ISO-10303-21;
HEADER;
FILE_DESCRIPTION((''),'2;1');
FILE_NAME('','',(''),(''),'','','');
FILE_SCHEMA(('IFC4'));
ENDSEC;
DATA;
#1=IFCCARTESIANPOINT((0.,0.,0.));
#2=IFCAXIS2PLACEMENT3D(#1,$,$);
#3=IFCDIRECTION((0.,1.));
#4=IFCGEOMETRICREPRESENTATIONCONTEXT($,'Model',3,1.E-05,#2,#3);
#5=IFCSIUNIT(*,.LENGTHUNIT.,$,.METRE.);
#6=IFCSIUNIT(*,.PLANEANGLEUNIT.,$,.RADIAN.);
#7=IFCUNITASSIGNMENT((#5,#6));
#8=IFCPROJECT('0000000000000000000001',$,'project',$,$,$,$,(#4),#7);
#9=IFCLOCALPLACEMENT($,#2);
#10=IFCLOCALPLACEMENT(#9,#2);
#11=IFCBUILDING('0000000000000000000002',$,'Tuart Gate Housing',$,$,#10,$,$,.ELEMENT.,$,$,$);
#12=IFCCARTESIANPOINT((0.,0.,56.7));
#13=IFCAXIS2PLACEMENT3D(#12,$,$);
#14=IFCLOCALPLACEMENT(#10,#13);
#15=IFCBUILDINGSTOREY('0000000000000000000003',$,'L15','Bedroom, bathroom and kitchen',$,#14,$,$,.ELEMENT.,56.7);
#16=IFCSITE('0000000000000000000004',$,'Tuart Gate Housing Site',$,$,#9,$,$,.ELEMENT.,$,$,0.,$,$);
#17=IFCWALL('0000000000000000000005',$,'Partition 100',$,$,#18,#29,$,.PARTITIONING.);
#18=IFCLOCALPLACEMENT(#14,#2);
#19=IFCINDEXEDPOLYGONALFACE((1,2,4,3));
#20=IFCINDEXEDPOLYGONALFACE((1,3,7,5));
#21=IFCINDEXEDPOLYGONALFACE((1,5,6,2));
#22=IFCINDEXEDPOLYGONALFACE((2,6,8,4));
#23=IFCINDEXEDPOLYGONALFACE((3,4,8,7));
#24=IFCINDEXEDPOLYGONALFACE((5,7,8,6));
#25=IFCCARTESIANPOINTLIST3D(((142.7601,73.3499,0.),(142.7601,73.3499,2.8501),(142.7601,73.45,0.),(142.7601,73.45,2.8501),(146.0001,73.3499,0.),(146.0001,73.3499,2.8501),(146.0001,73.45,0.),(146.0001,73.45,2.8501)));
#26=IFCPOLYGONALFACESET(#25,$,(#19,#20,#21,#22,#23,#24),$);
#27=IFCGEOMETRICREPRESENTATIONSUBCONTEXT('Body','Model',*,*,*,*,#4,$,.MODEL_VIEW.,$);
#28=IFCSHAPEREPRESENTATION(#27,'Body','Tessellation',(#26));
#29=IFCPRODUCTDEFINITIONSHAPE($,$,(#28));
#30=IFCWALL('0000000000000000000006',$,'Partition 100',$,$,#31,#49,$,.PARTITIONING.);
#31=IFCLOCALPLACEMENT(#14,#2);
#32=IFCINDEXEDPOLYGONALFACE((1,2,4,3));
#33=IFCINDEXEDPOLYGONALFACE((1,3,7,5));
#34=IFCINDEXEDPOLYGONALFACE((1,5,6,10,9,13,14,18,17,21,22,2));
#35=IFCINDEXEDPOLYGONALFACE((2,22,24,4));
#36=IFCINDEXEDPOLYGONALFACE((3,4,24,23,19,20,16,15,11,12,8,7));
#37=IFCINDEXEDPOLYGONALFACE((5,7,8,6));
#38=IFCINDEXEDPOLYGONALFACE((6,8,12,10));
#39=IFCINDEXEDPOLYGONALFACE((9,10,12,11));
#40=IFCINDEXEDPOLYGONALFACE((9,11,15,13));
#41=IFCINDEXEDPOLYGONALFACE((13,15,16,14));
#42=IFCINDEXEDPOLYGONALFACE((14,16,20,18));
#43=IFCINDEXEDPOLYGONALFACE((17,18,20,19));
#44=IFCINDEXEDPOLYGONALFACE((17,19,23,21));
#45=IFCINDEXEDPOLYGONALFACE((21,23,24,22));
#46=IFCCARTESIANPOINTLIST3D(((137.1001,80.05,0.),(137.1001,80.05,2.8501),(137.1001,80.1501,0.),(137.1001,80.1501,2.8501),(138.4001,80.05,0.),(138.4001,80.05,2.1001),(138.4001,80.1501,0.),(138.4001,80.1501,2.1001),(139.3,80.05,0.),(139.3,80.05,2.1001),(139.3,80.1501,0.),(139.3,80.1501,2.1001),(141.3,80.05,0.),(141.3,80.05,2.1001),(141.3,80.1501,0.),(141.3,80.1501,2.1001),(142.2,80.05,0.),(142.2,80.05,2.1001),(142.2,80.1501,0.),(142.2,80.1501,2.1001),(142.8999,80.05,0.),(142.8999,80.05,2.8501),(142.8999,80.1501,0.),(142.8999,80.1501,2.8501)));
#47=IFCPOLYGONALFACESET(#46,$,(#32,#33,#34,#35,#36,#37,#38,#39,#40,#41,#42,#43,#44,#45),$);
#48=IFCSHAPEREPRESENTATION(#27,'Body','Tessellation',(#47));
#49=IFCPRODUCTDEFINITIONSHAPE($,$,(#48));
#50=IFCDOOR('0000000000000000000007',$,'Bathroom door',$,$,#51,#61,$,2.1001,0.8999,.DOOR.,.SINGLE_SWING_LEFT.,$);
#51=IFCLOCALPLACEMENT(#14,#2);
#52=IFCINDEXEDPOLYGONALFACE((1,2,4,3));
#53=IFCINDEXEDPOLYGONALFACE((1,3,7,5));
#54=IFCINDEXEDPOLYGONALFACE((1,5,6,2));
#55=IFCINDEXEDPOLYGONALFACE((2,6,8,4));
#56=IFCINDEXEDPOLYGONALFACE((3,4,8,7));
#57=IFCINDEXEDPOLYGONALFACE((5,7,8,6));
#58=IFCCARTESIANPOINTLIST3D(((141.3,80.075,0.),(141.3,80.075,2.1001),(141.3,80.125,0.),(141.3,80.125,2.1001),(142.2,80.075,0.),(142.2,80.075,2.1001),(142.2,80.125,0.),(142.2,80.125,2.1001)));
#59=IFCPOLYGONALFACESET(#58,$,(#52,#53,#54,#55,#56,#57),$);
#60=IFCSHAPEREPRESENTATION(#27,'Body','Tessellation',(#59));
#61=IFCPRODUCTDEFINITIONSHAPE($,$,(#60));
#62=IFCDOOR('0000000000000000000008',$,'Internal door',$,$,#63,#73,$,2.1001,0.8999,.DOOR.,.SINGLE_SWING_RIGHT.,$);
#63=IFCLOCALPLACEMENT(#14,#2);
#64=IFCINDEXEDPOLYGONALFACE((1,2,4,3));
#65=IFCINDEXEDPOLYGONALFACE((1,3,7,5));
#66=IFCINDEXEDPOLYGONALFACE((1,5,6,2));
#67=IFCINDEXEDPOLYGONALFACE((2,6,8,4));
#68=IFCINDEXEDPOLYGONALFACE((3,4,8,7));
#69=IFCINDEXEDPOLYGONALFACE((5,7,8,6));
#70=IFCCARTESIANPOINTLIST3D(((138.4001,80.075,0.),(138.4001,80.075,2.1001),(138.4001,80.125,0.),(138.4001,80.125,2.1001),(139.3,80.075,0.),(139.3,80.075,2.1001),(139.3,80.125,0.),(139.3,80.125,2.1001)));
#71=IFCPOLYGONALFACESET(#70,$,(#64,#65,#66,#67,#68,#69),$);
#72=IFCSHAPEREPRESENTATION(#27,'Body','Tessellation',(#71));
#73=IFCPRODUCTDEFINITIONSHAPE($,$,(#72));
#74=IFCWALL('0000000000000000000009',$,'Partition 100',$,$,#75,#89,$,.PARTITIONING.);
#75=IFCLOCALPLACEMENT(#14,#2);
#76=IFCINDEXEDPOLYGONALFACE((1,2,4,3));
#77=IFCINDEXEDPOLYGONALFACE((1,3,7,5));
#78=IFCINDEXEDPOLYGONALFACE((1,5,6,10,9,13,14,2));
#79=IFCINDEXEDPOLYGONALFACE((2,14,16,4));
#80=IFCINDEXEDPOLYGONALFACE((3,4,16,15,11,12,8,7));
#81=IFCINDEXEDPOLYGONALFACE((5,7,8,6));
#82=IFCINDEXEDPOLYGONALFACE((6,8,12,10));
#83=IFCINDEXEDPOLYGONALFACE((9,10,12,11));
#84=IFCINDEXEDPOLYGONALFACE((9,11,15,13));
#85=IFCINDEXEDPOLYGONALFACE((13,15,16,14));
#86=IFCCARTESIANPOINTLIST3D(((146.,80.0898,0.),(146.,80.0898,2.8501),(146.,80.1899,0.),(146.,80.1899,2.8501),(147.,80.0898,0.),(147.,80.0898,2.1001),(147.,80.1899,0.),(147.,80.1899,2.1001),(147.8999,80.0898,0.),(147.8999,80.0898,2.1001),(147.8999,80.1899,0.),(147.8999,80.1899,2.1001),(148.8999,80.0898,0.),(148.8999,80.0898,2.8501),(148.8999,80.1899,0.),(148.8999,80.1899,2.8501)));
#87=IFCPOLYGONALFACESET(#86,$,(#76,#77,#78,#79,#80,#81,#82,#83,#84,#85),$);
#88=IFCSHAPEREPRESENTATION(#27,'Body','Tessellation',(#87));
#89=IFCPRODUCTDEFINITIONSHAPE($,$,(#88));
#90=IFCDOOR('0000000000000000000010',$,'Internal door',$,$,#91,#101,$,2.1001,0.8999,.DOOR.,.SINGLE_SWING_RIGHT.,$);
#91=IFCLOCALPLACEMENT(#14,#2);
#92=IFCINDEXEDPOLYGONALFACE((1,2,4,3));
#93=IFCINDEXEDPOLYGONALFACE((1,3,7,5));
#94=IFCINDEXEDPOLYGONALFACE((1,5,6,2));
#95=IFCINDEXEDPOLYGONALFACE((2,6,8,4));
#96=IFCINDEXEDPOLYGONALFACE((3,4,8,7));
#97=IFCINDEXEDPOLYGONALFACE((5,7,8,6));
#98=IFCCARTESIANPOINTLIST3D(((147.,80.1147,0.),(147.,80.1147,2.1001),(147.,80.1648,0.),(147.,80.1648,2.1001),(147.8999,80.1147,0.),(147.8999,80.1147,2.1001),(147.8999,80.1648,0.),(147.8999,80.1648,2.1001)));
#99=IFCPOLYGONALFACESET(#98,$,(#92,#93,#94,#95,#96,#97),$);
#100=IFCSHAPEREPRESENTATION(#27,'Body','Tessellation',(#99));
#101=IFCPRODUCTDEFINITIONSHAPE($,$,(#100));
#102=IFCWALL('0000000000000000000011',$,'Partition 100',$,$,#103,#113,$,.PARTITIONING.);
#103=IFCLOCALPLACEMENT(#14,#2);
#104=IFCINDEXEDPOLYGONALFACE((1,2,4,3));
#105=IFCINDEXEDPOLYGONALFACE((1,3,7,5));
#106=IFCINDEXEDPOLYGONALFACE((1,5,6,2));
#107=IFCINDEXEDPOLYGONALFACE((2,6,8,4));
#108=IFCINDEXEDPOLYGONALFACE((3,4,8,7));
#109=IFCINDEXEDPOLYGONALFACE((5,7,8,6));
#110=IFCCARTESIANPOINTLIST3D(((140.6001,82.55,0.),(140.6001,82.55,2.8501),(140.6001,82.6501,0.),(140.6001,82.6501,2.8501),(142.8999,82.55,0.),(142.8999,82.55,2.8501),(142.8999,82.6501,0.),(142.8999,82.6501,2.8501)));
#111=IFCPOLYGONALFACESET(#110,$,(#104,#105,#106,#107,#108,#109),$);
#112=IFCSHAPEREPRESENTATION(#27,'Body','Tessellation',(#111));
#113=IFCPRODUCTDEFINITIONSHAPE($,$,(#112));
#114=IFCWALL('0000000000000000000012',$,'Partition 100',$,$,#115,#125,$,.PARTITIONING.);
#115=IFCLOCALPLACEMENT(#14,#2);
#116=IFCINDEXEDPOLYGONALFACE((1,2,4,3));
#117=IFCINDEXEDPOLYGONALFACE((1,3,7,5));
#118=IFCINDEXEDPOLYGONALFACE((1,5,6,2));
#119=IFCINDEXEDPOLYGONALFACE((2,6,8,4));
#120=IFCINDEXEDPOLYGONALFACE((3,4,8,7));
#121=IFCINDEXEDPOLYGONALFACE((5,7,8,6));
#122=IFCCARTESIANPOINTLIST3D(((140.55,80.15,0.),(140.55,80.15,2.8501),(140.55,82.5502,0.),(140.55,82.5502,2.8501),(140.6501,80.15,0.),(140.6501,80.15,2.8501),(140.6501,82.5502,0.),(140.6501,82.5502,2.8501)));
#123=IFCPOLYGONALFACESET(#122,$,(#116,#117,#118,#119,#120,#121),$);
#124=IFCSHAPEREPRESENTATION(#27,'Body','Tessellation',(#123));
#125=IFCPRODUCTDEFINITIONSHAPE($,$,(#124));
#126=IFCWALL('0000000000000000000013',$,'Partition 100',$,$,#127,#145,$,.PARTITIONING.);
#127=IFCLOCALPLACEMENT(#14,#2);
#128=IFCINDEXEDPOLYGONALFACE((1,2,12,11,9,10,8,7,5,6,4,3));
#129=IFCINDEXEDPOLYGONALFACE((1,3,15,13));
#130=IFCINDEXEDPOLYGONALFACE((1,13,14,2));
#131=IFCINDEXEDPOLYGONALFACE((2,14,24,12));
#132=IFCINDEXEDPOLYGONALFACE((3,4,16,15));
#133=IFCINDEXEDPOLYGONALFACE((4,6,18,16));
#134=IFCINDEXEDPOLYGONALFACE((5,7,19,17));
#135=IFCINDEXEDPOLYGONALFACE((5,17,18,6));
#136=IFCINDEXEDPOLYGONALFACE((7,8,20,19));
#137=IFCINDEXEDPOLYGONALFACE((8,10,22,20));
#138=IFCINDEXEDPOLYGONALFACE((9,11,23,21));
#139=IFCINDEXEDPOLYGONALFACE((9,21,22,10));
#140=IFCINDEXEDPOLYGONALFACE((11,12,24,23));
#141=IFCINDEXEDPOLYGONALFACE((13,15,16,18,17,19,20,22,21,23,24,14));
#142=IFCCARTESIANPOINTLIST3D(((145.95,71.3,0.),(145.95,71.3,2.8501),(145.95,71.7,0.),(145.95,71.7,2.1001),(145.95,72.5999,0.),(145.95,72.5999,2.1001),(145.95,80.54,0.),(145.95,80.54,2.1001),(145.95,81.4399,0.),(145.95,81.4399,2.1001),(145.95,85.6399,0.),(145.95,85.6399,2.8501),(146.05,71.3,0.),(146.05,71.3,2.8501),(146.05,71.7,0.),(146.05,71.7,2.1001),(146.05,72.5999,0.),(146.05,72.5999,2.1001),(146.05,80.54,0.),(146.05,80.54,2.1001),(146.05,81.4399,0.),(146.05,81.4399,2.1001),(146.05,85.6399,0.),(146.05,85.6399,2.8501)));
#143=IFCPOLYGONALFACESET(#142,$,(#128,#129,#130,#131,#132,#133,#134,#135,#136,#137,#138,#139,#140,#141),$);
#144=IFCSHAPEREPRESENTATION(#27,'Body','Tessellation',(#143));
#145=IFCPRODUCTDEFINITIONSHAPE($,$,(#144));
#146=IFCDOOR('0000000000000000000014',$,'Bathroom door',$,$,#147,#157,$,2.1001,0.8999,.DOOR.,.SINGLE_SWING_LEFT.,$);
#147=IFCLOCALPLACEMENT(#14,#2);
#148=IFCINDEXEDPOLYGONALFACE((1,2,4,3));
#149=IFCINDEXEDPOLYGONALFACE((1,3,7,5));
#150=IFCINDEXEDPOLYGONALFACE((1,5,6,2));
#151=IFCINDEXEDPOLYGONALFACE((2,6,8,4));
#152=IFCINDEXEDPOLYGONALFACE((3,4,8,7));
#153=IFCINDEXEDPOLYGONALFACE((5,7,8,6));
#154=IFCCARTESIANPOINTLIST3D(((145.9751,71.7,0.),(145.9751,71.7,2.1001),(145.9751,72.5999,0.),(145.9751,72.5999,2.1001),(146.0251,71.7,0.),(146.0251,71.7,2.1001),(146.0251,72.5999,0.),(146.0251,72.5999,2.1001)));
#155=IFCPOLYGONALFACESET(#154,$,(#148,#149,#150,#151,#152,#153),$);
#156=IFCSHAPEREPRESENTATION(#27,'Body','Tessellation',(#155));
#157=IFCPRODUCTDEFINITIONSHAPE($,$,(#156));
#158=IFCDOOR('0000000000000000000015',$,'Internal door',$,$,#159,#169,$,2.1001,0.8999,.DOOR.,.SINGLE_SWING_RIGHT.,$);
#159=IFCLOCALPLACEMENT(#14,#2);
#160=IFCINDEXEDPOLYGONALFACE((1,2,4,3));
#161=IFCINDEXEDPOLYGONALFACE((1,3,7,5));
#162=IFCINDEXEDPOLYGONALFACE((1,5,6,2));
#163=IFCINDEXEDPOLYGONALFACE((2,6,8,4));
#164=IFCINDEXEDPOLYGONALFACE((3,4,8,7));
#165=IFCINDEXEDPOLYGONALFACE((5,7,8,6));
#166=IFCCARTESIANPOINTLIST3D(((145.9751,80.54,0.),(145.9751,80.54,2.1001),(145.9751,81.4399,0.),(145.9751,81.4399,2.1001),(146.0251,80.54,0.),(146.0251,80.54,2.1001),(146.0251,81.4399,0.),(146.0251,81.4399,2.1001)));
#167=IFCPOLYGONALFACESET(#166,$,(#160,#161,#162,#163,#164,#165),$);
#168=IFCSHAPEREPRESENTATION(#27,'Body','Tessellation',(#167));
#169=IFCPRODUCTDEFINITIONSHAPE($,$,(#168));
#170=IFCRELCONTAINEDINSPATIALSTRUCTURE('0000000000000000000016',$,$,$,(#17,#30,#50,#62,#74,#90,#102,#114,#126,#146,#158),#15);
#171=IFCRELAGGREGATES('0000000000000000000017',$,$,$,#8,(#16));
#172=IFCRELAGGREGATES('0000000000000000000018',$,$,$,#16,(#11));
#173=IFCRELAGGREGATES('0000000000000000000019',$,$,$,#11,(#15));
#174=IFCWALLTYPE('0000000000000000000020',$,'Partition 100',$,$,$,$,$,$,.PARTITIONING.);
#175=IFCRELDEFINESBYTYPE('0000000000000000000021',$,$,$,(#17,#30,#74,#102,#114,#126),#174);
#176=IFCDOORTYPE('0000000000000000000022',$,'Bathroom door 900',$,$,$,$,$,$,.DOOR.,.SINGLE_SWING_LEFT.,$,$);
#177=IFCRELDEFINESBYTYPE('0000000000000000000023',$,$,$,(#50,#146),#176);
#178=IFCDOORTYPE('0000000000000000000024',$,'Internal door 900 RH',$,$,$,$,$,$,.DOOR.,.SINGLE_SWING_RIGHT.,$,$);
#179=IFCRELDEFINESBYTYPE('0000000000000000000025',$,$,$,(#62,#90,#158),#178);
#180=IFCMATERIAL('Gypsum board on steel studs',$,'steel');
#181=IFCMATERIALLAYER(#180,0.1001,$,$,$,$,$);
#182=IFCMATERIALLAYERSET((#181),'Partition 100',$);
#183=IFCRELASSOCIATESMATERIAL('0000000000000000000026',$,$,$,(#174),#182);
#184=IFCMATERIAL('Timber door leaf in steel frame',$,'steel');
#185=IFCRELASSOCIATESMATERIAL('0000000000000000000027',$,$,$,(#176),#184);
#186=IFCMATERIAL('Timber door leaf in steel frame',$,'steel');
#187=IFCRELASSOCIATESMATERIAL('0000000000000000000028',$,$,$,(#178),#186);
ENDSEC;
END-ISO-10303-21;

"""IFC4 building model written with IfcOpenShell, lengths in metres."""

from ifc_helpers import new_model, si_unit, direction, frame, frame_2d, origin, place, context, subcontext, project, spatial, rectangle, extrude, material, layer, layer_set, type_object, element, fill, save


model = new_model("IFC4")

# Units and contexts
model_context = context("Model", 3, precision=1e-05, world=origin(), true_north=direction((0.0, 1.0)))
body_context = subcontext(model_context, "Body", "Model", "MODEL_VIEW")
ifc_project = project(units=[si_unit("LENGTHUNIT", "METRE"), si_unit("PLANEANGLEUNIT", "RADIAN")], contexts=[model_context])

# Site, building, storey
site_placement = place(None, origin())
site = spatial("IfcSite", under=ifc_project, at=site_placement, Name="Tuart Gate Housing Site", CompositionType="ELEMENT", RefElevation=0.0)
building_placement = place(site_placement, origin())
building = spatial("IfcBuilding", under=site, at=building_placement, Name="Tuart Gate Housing", CompositionType="ELEMENT")
storey_placement = place(building_placement, frame((0.0, 0.0, 56.7)))
storey = spatial("IfcBuildingStorey", under=building, at=storey_placement, Name="L15", Description="Bedroom, bathroom and kitchen", CompositionType="ELEMENT", Elevation=56.7)

# Wall
ifc_material_1 = material(Name="Gypsum board on steel studs", Category="steel")
ifc_layer_1 = layer(ifc_material_1, 0.1001)
ifc_layer_set_1 = layer_set([ifc_layer_1], Name="Partition 100")
wall_type_1 = type_object("IfcWallType", Name="Partition 100", PredefinedType="PARTITIONING", material=ifc_layer_set_1)
wall_1_placement = place(storey_placement, frame((142.76, 73.3999, 0.0), z_axis=(0.0, 0.0, 1.0), x_axis=(1.0, 0.0, 0.0)))
element("IfcWall", 1, at=wall_1_placement, inside=storey, type_object=wall_type_1, Name="Partition 100", PredefinedType="PARTITIONING", context=body_context, shape_type="SweptSolid", body=[
    extrude(rectangle(XDim=3.24, YDim=0.1001, at=frame_2d((1.6201, 0.0))), origin(), (0.0, 0.0, 1.0), 2.8501),
])

# Wall, openings, doors
wall_2_placement = place(storey_placement, frame((137.1001, 80.1001, 0.0), z_axis=(0.0, 0.0, 1.0), x_axis=(1.0, 0.0, 0.0)))
wall_2 = element("IfcWall", 2, at=wall_2_placement, inside=storey, type_object=wall_type_1, Name="Partition 100", PredefinedType="PARTITIONING", context=body_context, shape_type="SweptSolid", body=[
    extrude(rectangle(XDim=5.7998, YDim=0.1001, at=frame_2d((2.8999, 0.0))), origin(), (0.0, 0.0, 1.0), 2.8501),
])
opening_1_placement = place(wall_2_placement, frame((1.3, 0.0, 0.0)))
opening_1 = element("IfcOpeningElement", 3, at=opening_1_placement, cuts=wall_2, PredefinedType="OPENING", context=body_context, shape_type="SweptSolid", body=[
    extrude(rectangle(XDim=0.8999, YDim=2.1001, at=frame_2d((0.45, 1.05))), frame((0.0, 0.0601, 0.0), z_axis=(0.0, -1.0, 0.0), x_axis=(1.0, 0.0, 0.0)), (0.0, 0.0, 1.0), 0.1201),
])
opening_2_placement = place(wall_2_placement, frame((4.2, 0.0, 0.0)))
opening_2 = element("IfcOpeningElement", 4, at=opening_2_placement, cuts=wall_2, PredefinedType="OPENING", context=body_context, shape_type="SweptSolid", body=[
    extrude(rectangle(XDim=0.8999, YDim=2.1001, at=frame_2d((0.45, 1.05))), frame((0.0, 0.0601, 0.0), z_axis=(0.0, -1.0, 0.0), x_axis=(1.0, 0.0, 0.0)), (0.0, 0.0, 1.0), 0.1201),
])
ifc_material_2 = material(Name="Timber door leaf in steel frame", Category="steel")
door_type_1 = type_object("IfcDoorType", Name="Bathroom door 900", OperationType="SINGLE_SWING_LEFT", PredefinedType="DOOR", material=ifc_material_2)
door_1_placement = place(opening_2_placement, origin())
door_1 = element("IfcDoor", 5, at=door_1_placement, inside=storey, type_object=door_type_1, Name="Bathroom door", OperationType="SINGLE_SWING_LEFT", OverallHeight=2.1001, OverallWidth=0.8999, PredefinedType="DOOR", context=body_context, shape_type="SweptSolid", body=[
    extrude(rectangle(XDim=0.8999, YDim=2.1001, at=frame_2d((0.45, 1.05))), frame((0.0, 0.0249, 0.0), z_axis=(0.0, -1.0, 0.0), x_axis=(1.0, 0.0, 0.0)), (0.0, 0.0, 1.0), 0.05),
])
fill(opening_2, door_1)
ifc_material_3 = material(Name="Timber door leaf in steel frame", Category="steel")
door_type_2 = type_object("IfcDoorType", Name="Internal door 900 RH", OperationType="SINGLE_SWING_RIGHT", PredefinedType="DOOR", material=ifc_material_3)
door_2_placement = place(opening_1_placement, origin())
door_2 = element("IfcDoor", 6, at=door_2_placement, inside=storey, type_object=door_type_2, Name="Internal door", OperationType="SINGLE_SWING_RIGHT", OverallHeight=2.1001, OverallWidth=0.8999, PredefinedType="DOOR", context=body_context, shape_type="SweptSolid", body=[
    extrude(rectangle(XDim=0.8999, YDim=2.1001, at=frame_2d((0.45, 1.05))), frame((0.0, 0.0249, 0.0), z_axis=(0.0, -1.0, 0.0), x_axis=(1.0, 0.0, 0.0)), (0.0, 0.0, 1.0), 0.05),
])
fill(opening_1, door_2)

# Wall, opening, door
wall_3_placement = place(storey_placement, frame((146.0, 80.1399, 0.0), z_axis=(0.0, 0.0, 1.0), x_axis=(1.0, 0.0, 0.0)))
wall_3 = element("IfcWall", 7, at=wall_3_placement, inside=storey, type_object=wall_type_1, Name="Partition 100", PredefinedType="PARTITIONING", context=body_context, shape_type="SweptSolid", body=[
    extrude(rectangle(XDim=2.8999, YDim=0.1001, at=frame_2d((1.45, 0.0))), origin(), (0.0, 0.0, 1.0), 2.8501),
])
opening_3_placement = place(wall_3_placement, frame((1.0, 0.0, 0.0)))
opening_3 = element("IfcOpeningElement", 8, at=opening_3_placement, cuts=wall_3, PredefinedType="OPENING", context=body_context, shape_type="SweptSolid", body=[
    extrude(rectangle(XDim=0.8999, YDim=2.1001, at=frame_2d((0.45, 1.05))), frame((0.0, 0.0601, 0.0), z_axis=(0.0, -1.0, 0.0), x_axis=(1.0, 0.0, 0.0)), (0.0, 0.0, 1.0), 0.1201),
])
door_3_placement = place(opening_3_placement, frame((0.8999, 0.0, 0.0), z_axis=(0.0, 0.0, 1.0), x_axis=(-1.0, 0.0, 0.0)))
door_3 = element("IfcDoor", 9, at=door_3_placement, inside=storey, type_object=door_type_2, Name="Internal door", OperationType="SINGLE_SWING_RIGHT", OverallHeight=2.1001, OverallWidth=0.8999, PredefinedType="DOOR", context=body_context, shape_type="SweptSolid", body=[
    extrude(rectangle(XDim=0.8999, YDim=2.1001, at=frame_2d((0.45, 1.05))), frame((0.0, 0.0251, 0.0), z_axis=(0.0, -1.0, 0.0), x_axis=(1.0, 0.0, 0.0)), (0.0, 0.0, 1.0), 0.05),
])
fill(opening_3, door_3)

# Walls
wall_4_placement = place(storey_placement, frame((140.6001, 82.6001, 0.0), z_axis=(0.0, 0.0, 1.0), x_axis=(1.0, 0.0, 0.0)))
element("IfcWall", 10, at=wall_4_placement, inside=storey, type_object=wall_type_1, Name="Partition 100", PredefinedType="PARTITIONING", context=body_context, shape_type="SweptSolid", body=[
    extrude(rectangle(XDim=2.2998, YDim=0.1001, at=frame_2d((1.1499, 0.0))), origin(), (0.0, 0.0, 1.0), 2.8501),
])
wall_5_placement = place(storey_placement, frame((140.6001, 80.1499, 0.0), z_axis=(0.0, 0.0, 1.0), x_axis=(0.0, 1.0, 0.0)))
element("IfcWall", 11, at=wall_5_placement, inside=storey, type_object=wall_type_1, Name="Partition 100", PredefinedType="PARTITIONING", context=body_context, shape_type="SweptSolid", body=[
    extrude(rectangle(XDim=2.4001, YDim=0.1001, at=frame_2d((1.2002, 0.0))), origin(), (0.0, 0.0, 1.0), 2.8501),
])

# Wall, openings, doors
wall_6_placement = place(storey_placement, frame((146.0, 71.3, 0.0), z_axis=(0.0, 0.0, 1.0), x_axis=(0.0, 1.0, 0.0)))
wall_6 = element("IfcWall", 12, at=wall_6_placement, inside=storey, type_object=wall_type_1, Name="Partition 100", PredefinedType="PARTITIONING", context=body_context, shape_type="SweptSolid", body=[
    extrude(rectangle(XDim=14.3398, YDim=0.1001, at=frame_2d((7.1699, 0.0))), origin(), (0.0, 0.0, 1.0), 2.8501),
])
opening_4_placement = place(wall_6_placement, frame((9.24, 0.0, 0.0)))
opening_4 = element("IfcOpeningElement", 13, at=opening_4_placement, cuts=wall_6, PredefinedType="OPENING", context=body_context, shape_type="SweptSolid", body=[
    extrude(rectangle(XDim=0.8999, YDim=2.1001, at=frame_2d((0.45, 1.05))), frame((0.0, 0.0601, 0.0), z_axis=(0.0, -1.0, 0.0), x_axis=(1.0, 0.0, 0.0)), (0.0, 0.0, 1.0), 0.1201),
])
opening_5_placement = place(wall_6_placement, frame((0.3999, 0.0, 0.0)))
opening_5 = element("IfcOpeningElement", 14, at=opening_5_placement, cuts=wall_6, PredefinedType="OPENING", context=body_context, shape_type="SweptSolid", body=[
    extrude(rectangle(XDim=0.8999, YDim=2.1001, at=frame_2d((0.45, 1.05))), frame((0.0, 0.0601, 0.0), z_axis=(0.0, -1.0, 0.0), x_axis=(1.0, 0.0, 0.0)), (0.0, 0.0, 1.0), 0.1201),
])
door_4_placement = place(opening_5_placement, origin())
door_4 = element("IfcDoor", 15, at=door_4_placement, inside=storey, type_object=door_type_1, Name="Bathroom door", OperationType="SINGLE_SWING_LEFT", OverallHeight=2.1001, OverallWidth=0.8999, PredefinedType="DOOR", context=body_context, shape_type="SweptSolid", body=[
    extrude(rectangle(XDim=0.8999, YDim=2.1001, at=frame_2d((0.45, 1.05))), frame((0.0, 0.0249, 0.0), z_axis=(0.0, -1.0, 0.0), x_axis=(1.0, 0.0, 0.0)), (0.0, 0.0, 1.0), 0.05),
])
fill(opening_5, door_4)
door_5_placement = place(opening_4_placement, origin())
door_5 = element("IfcDoor", 16, at=door_5_placement, inside=storey, type_object=door_type_2, Name="Internal door", OperationType="SINGLE_SWING_RIGHT", OverallHeight=2.1001, OverallWidth=0.8999, PredefinedType="DOOR", context=body_context, shape_type="SweptSolid", body=[
    extrude(rectangle(XDim=0.8999, YDim=2.1001, at=frame_2d((0.45, 1.05))), frame((0.0, 0.0249, 0.0), z_axis=(0.0, -1.0, 0.0), x_axis=(1.0, 0.0, 0.0)), (0.0, 0.0, 1.0), 0.05),
])
fill(opening_4, door_5)

save(model, "model.ifc")
